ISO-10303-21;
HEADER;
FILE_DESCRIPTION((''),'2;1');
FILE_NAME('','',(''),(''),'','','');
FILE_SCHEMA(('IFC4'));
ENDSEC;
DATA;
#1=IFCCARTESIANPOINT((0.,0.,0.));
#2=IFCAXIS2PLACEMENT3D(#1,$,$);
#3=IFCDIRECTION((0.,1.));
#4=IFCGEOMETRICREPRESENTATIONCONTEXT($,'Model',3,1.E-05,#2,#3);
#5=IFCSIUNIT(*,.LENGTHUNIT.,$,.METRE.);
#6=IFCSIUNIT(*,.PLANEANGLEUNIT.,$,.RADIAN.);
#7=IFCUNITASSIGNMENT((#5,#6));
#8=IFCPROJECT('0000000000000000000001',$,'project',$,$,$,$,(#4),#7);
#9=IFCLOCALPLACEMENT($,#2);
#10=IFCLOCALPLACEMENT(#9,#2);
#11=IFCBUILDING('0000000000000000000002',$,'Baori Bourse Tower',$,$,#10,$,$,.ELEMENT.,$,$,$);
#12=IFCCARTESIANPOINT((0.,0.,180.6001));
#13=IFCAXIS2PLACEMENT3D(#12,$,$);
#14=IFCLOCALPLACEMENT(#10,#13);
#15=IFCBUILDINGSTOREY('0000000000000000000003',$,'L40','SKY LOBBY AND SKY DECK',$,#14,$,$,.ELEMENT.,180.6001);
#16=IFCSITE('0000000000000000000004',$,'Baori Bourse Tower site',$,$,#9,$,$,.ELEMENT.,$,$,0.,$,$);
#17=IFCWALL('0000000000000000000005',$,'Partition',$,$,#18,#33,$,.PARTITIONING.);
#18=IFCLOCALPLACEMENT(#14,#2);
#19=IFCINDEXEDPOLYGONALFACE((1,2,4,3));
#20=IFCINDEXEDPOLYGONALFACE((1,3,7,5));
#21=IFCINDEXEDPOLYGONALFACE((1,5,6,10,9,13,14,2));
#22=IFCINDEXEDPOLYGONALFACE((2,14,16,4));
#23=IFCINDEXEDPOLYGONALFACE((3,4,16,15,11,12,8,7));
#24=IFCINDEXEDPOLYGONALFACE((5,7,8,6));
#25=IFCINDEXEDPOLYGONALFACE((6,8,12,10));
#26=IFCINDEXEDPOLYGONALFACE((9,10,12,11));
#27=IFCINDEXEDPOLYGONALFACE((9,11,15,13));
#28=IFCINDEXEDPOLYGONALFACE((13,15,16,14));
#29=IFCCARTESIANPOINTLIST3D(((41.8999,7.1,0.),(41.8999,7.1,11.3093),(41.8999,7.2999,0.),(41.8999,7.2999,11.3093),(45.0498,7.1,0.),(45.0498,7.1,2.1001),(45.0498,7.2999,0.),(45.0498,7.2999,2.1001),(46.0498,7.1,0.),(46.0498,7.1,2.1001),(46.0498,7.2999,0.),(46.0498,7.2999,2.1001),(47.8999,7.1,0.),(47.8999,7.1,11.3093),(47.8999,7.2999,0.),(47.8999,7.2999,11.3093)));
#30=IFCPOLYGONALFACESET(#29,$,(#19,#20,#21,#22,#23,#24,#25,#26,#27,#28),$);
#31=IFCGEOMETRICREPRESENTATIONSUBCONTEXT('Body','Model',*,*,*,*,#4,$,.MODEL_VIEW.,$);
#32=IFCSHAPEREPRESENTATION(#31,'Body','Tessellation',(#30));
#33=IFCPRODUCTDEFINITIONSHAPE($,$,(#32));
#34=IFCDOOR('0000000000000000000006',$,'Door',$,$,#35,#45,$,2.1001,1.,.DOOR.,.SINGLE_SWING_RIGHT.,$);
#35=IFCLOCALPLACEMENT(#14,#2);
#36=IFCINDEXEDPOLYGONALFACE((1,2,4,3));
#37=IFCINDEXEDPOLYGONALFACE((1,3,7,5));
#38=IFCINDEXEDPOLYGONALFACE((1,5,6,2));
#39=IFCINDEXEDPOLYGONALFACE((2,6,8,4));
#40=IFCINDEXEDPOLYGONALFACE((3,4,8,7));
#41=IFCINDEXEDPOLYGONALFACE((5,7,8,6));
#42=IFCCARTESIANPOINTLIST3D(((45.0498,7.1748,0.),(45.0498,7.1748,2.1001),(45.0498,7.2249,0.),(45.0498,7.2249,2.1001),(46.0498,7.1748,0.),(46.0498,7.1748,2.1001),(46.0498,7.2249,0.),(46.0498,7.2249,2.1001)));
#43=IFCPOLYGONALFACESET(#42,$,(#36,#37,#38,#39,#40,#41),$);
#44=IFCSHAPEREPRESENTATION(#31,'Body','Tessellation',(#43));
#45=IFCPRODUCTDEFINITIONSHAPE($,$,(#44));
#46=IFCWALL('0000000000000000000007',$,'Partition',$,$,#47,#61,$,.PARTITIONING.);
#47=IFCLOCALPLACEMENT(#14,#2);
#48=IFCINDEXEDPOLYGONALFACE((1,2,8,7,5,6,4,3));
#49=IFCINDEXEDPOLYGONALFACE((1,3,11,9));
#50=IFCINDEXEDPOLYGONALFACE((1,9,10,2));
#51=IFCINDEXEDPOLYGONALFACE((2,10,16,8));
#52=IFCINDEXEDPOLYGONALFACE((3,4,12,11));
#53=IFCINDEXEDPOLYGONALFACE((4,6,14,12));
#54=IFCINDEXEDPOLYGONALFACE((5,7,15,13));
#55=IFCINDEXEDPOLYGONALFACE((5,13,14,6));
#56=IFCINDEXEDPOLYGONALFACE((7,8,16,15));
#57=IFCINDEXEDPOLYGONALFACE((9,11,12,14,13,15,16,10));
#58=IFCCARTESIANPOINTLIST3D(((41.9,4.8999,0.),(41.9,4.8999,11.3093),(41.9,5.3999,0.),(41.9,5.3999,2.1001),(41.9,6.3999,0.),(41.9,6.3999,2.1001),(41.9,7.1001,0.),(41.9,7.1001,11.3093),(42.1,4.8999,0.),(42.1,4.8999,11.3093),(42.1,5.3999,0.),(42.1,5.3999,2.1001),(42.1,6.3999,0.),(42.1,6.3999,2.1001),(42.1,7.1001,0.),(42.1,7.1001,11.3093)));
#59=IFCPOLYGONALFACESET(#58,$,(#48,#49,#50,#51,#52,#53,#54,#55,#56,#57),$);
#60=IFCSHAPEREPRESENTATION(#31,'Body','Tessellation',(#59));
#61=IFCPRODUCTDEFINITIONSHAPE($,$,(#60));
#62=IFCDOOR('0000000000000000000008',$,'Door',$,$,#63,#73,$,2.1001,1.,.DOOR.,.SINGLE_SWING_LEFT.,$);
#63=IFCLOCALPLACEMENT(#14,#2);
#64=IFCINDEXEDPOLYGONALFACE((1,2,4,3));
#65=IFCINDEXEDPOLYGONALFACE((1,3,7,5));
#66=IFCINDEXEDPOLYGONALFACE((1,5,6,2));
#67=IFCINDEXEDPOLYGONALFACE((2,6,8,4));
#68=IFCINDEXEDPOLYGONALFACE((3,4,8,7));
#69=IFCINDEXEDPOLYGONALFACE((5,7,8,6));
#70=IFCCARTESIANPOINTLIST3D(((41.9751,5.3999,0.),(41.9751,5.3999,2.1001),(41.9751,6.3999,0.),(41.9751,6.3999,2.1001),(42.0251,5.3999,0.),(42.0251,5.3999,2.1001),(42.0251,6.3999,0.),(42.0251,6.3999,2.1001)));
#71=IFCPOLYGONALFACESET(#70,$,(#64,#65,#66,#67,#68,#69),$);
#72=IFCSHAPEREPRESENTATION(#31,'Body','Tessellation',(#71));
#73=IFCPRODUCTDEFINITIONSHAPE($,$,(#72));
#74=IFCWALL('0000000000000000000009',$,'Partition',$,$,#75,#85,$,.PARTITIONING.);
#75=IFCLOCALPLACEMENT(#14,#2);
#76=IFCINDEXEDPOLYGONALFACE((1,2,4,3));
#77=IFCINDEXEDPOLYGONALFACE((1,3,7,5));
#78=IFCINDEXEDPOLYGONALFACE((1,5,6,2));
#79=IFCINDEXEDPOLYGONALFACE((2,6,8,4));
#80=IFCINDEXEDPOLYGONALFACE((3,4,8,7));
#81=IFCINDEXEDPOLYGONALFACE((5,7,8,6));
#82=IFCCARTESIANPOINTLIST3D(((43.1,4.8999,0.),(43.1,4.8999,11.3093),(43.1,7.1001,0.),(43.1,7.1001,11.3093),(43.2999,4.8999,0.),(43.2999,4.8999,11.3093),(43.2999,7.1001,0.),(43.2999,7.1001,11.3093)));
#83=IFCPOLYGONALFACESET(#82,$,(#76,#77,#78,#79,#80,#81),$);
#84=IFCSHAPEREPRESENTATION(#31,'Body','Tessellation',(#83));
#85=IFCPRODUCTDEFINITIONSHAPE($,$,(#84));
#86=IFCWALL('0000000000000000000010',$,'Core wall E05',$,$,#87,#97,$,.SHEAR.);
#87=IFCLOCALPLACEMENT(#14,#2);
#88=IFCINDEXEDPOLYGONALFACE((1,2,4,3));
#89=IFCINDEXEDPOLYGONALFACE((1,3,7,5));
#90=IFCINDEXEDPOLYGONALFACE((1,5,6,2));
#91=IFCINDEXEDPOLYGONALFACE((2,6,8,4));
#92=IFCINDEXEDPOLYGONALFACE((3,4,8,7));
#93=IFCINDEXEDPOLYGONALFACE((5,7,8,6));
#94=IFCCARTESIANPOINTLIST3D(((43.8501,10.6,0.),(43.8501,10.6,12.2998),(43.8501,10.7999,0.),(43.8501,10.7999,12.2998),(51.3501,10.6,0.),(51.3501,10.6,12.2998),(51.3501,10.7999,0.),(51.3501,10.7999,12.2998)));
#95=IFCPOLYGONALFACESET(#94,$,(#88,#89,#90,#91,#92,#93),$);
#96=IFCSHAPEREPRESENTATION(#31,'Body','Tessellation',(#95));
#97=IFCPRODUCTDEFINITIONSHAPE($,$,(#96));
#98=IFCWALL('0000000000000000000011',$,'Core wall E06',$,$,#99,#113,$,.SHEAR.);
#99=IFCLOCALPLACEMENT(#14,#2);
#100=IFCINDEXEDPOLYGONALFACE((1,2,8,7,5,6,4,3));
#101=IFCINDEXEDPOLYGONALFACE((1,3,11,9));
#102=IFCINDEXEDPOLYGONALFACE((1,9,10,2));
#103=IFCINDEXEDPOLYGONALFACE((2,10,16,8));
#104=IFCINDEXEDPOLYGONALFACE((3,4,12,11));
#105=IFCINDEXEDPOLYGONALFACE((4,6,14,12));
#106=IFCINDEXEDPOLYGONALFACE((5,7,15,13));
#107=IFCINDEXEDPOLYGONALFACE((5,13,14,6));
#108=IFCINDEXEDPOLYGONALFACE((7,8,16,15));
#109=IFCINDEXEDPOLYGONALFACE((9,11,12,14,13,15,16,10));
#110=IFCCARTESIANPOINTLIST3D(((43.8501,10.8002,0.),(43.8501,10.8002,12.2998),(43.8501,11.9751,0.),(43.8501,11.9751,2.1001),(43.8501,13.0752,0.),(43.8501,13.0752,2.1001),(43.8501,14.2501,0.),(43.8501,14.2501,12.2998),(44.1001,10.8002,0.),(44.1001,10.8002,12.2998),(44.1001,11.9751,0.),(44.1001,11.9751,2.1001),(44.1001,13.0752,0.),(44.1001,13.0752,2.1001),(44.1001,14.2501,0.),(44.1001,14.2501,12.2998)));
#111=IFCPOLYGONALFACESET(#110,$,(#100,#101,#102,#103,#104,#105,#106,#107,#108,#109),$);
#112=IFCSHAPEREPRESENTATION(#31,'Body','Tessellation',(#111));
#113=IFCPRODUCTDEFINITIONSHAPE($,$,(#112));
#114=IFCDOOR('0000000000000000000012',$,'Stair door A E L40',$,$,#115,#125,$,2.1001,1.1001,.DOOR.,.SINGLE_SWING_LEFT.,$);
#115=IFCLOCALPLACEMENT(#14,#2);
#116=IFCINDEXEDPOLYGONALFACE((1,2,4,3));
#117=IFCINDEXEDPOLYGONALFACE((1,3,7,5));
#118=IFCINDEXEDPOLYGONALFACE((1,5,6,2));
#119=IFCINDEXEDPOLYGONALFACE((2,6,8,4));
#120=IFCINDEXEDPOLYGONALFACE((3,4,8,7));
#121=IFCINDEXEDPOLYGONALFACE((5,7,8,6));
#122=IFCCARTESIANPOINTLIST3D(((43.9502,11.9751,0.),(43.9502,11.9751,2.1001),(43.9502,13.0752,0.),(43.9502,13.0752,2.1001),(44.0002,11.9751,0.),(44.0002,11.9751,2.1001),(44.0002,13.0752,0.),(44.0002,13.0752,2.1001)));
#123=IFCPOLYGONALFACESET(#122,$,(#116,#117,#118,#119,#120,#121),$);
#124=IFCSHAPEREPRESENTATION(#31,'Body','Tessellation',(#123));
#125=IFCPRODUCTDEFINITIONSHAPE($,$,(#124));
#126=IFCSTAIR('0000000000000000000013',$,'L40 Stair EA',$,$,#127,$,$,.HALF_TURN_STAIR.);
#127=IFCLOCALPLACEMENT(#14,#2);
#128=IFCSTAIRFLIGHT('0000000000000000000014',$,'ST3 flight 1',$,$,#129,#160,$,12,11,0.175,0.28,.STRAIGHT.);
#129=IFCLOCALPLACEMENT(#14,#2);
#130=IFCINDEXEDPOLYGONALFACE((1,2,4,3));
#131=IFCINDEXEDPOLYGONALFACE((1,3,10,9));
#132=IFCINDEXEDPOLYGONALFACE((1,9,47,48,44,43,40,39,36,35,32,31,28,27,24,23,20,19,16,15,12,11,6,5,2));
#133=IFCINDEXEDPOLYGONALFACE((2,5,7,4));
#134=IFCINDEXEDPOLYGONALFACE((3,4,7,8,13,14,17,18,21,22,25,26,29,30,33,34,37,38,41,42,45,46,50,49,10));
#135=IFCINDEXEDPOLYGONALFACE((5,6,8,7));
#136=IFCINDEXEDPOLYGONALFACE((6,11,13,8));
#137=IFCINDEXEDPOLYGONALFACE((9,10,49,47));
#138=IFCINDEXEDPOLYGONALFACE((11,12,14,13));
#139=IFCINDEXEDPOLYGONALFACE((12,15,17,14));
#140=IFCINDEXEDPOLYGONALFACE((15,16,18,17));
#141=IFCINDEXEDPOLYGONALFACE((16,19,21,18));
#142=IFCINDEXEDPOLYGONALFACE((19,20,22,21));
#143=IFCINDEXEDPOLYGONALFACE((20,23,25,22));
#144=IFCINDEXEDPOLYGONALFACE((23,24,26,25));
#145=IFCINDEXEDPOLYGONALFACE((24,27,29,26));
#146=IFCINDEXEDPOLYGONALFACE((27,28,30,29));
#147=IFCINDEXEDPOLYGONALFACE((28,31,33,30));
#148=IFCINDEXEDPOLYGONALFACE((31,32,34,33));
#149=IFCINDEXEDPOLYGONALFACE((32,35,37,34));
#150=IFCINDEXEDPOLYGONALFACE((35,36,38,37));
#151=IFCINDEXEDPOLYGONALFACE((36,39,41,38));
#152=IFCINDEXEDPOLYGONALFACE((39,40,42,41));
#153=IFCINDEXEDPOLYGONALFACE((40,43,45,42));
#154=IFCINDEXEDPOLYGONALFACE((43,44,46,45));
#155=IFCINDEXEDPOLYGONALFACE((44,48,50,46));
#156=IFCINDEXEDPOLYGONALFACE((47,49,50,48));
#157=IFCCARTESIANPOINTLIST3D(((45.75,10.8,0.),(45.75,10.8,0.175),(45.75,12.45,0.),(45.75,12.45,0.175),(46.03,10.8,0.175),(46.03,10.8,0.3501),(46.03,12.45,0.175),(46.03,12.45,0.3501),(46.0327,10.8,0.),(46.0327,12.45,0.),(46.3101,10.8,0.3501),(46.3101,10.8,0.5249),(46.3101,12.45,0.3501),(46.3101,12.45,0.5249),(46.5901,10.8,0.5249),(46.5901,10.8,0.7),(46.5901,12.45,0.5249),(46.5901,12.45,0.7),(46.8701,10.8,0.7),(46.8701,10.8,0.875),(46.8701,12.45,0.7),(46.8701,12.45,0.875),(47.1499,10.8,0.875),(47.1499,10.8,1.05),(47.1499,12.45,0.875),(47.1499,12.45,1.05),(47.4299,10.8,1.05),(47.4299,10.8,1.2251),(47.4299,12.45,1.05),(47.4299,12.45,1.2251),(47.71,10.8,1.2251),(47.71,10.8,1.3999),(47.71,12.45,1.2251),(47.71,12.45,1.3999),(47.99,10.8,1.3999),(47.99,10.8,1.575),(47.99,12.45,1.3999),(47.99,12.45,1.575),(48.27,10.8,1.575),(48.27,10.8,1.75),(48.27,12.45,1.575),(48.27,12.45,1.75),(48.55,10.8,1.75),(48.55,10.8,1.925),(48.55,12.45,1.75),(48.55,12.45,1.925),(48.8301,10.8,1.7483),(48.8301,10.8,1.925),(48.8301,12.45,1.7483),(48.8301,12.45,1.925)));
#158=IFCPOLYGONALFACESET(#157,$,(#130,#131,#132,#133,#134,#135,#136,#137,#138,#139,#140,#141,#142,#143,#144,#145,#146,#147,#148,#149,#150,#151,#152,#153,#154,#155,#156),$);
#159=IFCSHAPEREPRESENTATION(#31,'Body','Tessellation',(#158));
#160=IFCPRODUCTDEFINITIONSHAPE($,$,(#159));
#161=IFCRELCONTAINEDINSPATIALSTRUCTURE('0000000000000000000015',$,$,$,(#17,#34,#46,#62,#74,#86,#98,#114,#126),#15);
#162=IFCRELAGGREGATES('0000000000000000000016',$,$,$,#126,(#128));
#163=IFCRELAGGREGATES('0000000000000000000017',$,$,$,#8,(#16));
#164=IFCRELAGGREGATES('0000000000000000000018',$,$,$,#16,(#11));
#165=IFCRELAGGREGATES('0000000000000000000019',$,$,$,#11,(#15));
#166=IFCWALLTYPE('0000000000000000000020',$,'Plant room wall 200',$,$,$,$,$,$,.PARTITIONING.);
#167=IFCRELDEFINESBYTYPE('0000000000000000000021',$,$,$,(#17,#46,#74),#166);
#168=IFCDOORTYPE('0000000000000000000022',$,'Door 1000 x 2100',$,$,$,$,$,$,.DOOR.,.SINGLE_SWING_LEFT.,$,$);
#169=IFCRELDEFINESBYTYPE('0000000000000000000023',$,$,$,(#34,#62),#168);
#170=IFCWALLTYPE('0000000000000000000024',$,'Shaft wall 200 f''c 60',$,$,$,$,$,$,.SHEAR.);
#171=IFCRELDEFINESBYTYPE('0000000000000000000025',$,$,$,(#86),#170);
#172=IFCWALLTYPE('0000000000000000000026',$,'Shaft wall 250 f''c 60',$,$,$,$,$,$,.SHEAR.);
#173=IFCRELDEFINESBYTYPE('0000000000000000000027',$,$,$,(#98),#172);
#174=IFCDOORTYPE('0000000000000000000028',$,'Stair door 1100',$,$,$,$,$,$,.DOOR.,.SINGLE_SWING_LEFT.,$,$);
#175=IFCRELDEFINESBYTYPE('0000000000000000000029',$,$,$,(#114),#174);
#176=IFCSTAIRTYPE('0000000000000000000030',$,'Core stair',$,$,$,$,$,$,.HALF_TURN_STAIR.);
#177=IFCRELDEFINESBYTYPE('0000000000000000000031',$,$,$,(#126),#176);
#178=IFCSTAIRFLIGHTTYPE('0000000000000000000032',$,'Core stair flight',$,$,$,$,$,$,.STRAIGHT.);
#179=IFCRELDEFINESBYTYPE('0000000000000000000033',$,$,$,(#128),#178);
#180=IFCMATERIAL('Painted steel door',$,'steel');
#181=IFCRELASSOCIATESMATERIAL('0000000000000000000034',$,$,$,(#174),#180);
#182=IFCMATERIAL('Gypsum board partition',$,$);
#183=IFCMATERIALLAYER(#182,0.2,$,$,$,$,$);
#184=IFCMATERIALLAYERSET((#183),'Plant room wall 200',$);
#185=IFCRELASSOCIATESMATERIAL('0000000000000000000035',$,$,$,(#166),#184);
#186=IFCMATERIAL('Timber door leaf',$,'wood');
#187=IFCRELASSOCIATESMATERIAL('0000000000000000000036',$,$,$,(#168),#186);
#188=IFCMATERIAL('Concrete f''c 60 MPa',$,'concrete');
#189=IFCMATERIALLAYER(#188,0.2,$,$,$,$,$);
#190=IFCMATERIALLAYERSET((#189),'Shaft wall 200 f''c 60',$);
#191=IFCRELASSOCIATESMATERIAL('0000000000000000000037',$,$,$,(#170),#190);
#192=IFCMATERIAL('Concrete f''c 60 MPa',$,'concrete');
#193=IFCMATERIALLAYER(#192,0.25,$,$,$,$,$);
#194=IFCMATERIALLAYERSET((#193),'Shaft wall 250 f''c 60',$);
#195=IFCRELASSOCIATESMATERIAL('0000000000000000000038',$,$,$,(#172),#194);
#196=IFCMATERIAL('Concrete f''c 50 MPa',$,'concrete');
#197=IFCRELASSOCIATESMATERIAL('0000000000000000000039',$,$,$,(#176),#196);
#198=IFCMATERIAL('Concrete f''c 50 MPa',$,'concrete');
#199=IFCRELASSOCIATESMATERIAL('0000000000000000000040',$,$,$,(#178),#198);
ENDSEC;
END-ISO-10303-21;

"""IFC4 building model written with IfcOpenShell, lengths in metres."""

from ifc_helpers import new_model, si_unit, direction, frame, frame_2d, origin, place, context, subcontext, project, spatial, polyline, rectangle, outline, extrude, material, layer, layer_set, type_object, element, fill, aggregate, save


model = new_model("IFC4")

# Units and contexts
model_context = context("Model", 3, precision=1e-05, world=origin(), true_north=direction((0.0, 1.0)))
body_context = subcontext(model_context, "Body", "Model", "MODEL_VIEW")
ifc_project = project(units=[si_unit("LENGTHUNIT", "METRE"), si_unit("PLANEANGLEUNIT", "RADIAN")], contexts=[model_context])

# Site, building, storey
site_placement = place(None, origin())
site = spatial("IfcSite", under=ifc_project, at=site_placement, Name="Baori Bourse Tower site", CompositionType="ELEMENT", RefElevation=0.0)
building_placement = place(site_placement, origin())
building = spatial("IfcBuilding", under=site, at=building_placement, Name="Baori Bourse Tower", CompositionType="ELEMENT")
storey_placement = place(building_placement, frame((0.0, 0.0, 180.6001)))
storey = spatial("IfcBuildingStorey", under=building, at=storey_placement, Name="L40", Description="SKY LOBBY AND SKY DECK", CompositionType="ELEMENT", Elevation=180.6001)

# Shared definitions
ifc_material_1 = material(Name="Painted steel door", Category="steel")
door_type_1 = type_object("IfcDoorType", Name="Stair door 1100", OperationType="SINGLE_SWING_LEFT", PredefinedType="DOOR", material=ifc_material_1)

# Walls, openings, doors
ifc_material_2 = material(Name="Gypsum board partition")
ifc_layer_1 = layer(ifc_material_2, 0.2)
ifc_layer_set_1 = layer_set([ifc_layer_1], Name="Plant room wall 200")
wall_type_1 = type_object("IfcWallType", Name="Plant room wall 200", PredefinedType="PARTITIONING", material=ifc_layer_set_1)
wall_1_placement = place(storey_placement, frame((41.8999, 7.2, 0.0), z_axis=(0.0, 0.0, 1.0), x_axis=(1.0, 0.0, 0.0)))
wall_1 = element("IfcWall", 1, at=wall_1_placement, inside=storey, type_object=wall_type_1, Name="Partition", PredefinedType="PARTITIONING", context=body_context, shape_type="SweptSolid", body=[
    extrude(rectangle(XDim=6.0, YDim=0.2, at=frame_2d((3.0, 0.0))), origin(), (0.0, 0.0, 1.0), 11.3093),
])
opening_1_placement = place(wall_1_placement, frame((3.1499, 0.0, 0.0)))
opening_1 = element("IfcOpeningElement", 2, at=opening_1_placement, cuts=wall_1, PredefinedType="OPENING", context=body_context, shape_type="SweptSolid", body=[
    extrude(rectangle(XDim=1.0, YDim=2.1001, at=frame_2d((0.5, 1.05))), frame((0.0, 0.1099, 0.0), z_axis=(0.0, -1.0, 0.0), x_axis=(1.0, 0.0, 0.0)), (0.0, 0.0, 1.0), 0.22),
])
ifc_material_3 = material(Name="Timber door leaf", Category="wood")
door_type_2 = type_object("IfcDoorType", Name="Door 1000 x 2100", OperationType="SINGLE_SWING_LEFT", PredefinedType="DOOR", material=ifc_material_3)
door_1_placement = place(opening_1_placement, origin())
door_1 = element("IfcDoor", 3, at=door_1_placement, inside=storey, type_object=door_type_2, Name="Door", OperationType="SINGLE_SWING_RIGHT", OverallHeight=2.1001, OverallWidth=1.0, PredefinedType="DOOR", context=body_context, shape_type="SweptSolid", body=[
    extrude(rectangle(XDim=1.0, YDim=2.1001, at=frame_2d((0.5, 1.05))), frame((0.0, 0.0249, 0.0), z_axis=(0.0, -1.0, 0.0), x_axis=(1.0, 0.0, 0.0)), (0.0, 0.0, 1.0), 0.05),
])
fill(opening_1, door_1)
wall_2_placement = place(storey_placement, frame((42.0, 4.8999, 0.0), z_axis=(0.0, 0.0, 1.0), x_axis=(0.0, 1.0, 0.0)))
wall_2 = element("IfcWall", 4, at=wall_2_placement, inside=storey, type_object=wall_type_1, Name="Partition", PredefinedType="PARTITIONING", context=body_context, shape_type="SweptSolid", body=[
    extrude(rectangle(XDim=2.2002, YDim=0.2, at=frame_2d((1.1001, 0.0))), origin(), (0.0, 0.0, 1.0), 11.3093),
])
opening_2_placement = place(wall_2_placement, frame((0.5, 0.0, 0.0)))
opening_2 = element("IfcOpeningElement", 5, at=opening_2_placement, cuts=wall_2, PredefinedType="OPENING", context=body_context, shape_type="SweptSolid", body=[
    extrude(rectangle(XDim=1.0, YDim=2.1001, at=frame_2d((0.5, 1.05))), frame((0.0, 0.1099, 0.0), z_axis=(0.0, -1.0, 0.0), x_axis=(1.0, 0.0, 0.0)), (0.0, 0.0, 1.0), 0.22),
])
door_2_placement = place(opening_2_placement, origin())
door_2 = element("IfcDoor", 6, at=door_2_placement, inside=storey, type_object=door_type_2, Name="Door", OperationType="SINGLE_SWING_LEFT", OverallHeight=2.1001, OverallWidth=1.0, PredefinedType="DOOR", context=body_context, shape_type="SweptSolid", body=[
    extrude(rectangle(XDim=1.0, YDim=2.1001, at=frame_2d((0.5, 1.05))), frame((0.0, 0.0249, 0.0), z_axis=(0.0, -1.0, 0.0), x_axis=(1.0, 0.0, 0.0)), (0.0, 0.0, 1.0), 0.05),
])
fill(opening_2, door_2)

# Walls
wall_3_placement = place(storey_placement, frame((43.2, 4.8999, 0.0), z_axis=(0.0, 0.0, 1.0), x_axis=(0.0, 1.0, 0.0)))
element("IfcWall", 7, at=wall_3_placement, inside=storey, type_object=wall_type_1, Name="Partition", PredefinedType="PARTITIONING", context=body_context, shape_type="SweptSolid", body=[
    extrude(rectangle(XDim=2.2002, YDim=0.2, at=frame_2d((1.1001, 0.0))), origin(), (0.0, 0.0, 1.0), 11.3093),
])
ifc_material_4 = material(Name="Concrete f'c 60 MPa", Category="concrete")
ifc_layer_2 = layer(ifc_material_4, 0.2)
ifc_layer_set_2 = layer_set([ifc_layer_2], Name="Shaft wall 200 f'c 60")
wall_type_2 = type_object("IfcWallType", Name="Shaft wall 200 f'c 60", PredefinedType="SHEAR", material=ifc_layer_set_2)
wall_4_placement = place(storey_placement, frame((43.8501, 10.7, 0.0), z_axis=(0.0, 0.0, 1.0), x_axis=(1.0, 0.0, 0.0)))
element("IfcWall", 8, at=wall_4_placement, inside=storey, type_object=wall_type_2, Name="Core wall E05", PredefinedType="SHEAR", context=body_context, shape_type="SweptSolid", body=[
    extrude(rectangle(XDim=7.5, YDim=0.2, at=frame_2d((3.75, 0.0))), origin(), (0.0, 0.0, 1.0), 12.2998),
])

# Wall, opening, door
ifc_material_5 = material(Name="Concrete f'c 60 MPa", Category="concrete")
ifc_layer_3 = layer(ifc_material_5, 0.25)
ifc_layer_set_3 = layer_set([ifc_layer_3], Name="Shaft wall 250 f'c 60")
wall_type_3 = type_object("IfcWallType", Name="Shaft wall 250 f'c 60", PredefinedType="SHEAR", material=ifc_layer_set_3)
wall_5_placement = place(storey_placement, frame((43.9751, 10.8, 0.0), z_axis=(0.0, 0.0, 1.0), x_axis=(0.0, 1.0, 0.0)))
wall_5 = element("IfcWall", 9, at=wall_5_placement, inside=storey, type_object=wall_type_3, Name="Core wall E06", PredefinedType="SHEAR", context=body_context, shape_type="SweptSolid", body=[
    extrude(rectangle(XDim=3.45, YDim=0.25, at=frame_2d((1.7251, 0.0))), origin(), (0.0, 0.0, 1.0), 12.2998),
])
opening_3_placement = place(wall_5_placement, frame((1.175, 0.0, 0.0)))
opening_3 = element("IfcOpeningElement", 10, at=opening_3_placement, cuts=wall_5, PredefinedType="OPENING", context=body_context, shape_type="SweptSolid", body=[
    extrude(rectangle(XDim=1.1001, YDim=2.1001, at=frame_2d((0.55, 1.05))), frame((0.0, 0.135, 0.0), z_axis=(0.0, -1.0, 0.0), x_axis=(1.0, 0.0, 0.0)), (0.0, 0.0, 1.0), 0.27),
])
door_3_placement = place(opening_3_placement, origin())
door_3 = element("IfcDoor", 11, at=door_3_placement, inside=storey, type_object=door_type_1, Name="Stair door A E L40", OperationType="SINGLE_SWING_LEFT", OverallHeight=2.1001, OverallWidth=1.1001, PredefinedType="DOOR", context=body_context, shape_type="SweptSolid", body=[
    extrude(rectangle(XDim=1.1001, YDim=2.1001, at=frame_2d((0.55, 1.05))), frame((0.0, 0.0249, 0.0), z_axis=(0.0, -1.0, 0.0), x_axis=(1.0, 0.0, 0.0)), (0.0, 0.0, 1.0), 0.05),
])
fill(opening_3, door_3)

# Stair, stair flight
ifc_material_6 = material(Name="Concrete f'c 50 MPa", Category="concrete")
stair_type = type_object("IfcStairType", Name="Core stair", PredefinedType="HALF_TURN_STAIR", material=ifc_material_6)
stair_placement = place(storey_placement, origin())
stair = element("IfcStair", 12, at=stair_placement, inside=storey, type_object=stair_type, Name="L40 Stair EA", PredefinedType="HALF_TURN_STAIR")
ifc_material_7 = material(Name="Concrete f'c 50 MPa", Category="concrete")
stair_flight_type = type_object("IfcStairFlightType", Name="Core stair flight", PredefinedType="STRAIGHT", material=ifc_material_7)
stair_flight_1_placement = place(storey_placement, frame((45.75, 11.625, 0.0), z_axis=(0.0, 0.0, 1.0), x_axis=(1.0, 0.0, 0.0)))
stair_flight_1 = element("IfcStairFlight", 13, at=stair_flight_1_placement, type_object=stair_flight_type, Name="ST3 flight 1", NumberOfRisers=12, NumberOfTreads=11, PredefinedType="STRAIGHT", RiserHeight=0.175, TreadLength=0.28, context=body_context, shape_type="SweptSolid", body=[
    extrude(outline(polyline([(0.0, 0.0), (0.0, 0.175), (0.28, 0.175), (0.28, 0.3501), (0.5601, 0.3501), (0.5601, 0.5249), (0.8401, 0.5249), (0.8401, 0.7), (1.1201, 0.7), (1.1201, 0.875), (1.3999, 0.875), (1.3999, 1.05), (1.6799, 1.05), (1.6799, 1.2251), (1.96, 1.2251), (1.96, 1.3999), (2.24, 1.3999), (2.24, 1.575), (2.52, 1.575), (2.52, 1.75), (2.8, 1.75), (2.8, 1.925), (3.0801, 1.925), (3.0801, 2.1001), (3.0801, 1.7483), (0.2827, 0.0), (0.0, 0.0)])), frame((0.0, 0.825, 0.0), z_axis=(0.0, -1.0, 0.0), x_axis=(1.0, 0.0, 0.0)), (0.0, 0.0, 1.0), 1.6499),
])
aggregate(stair, [stair_flight_1])

save(model, "model.ifc")
